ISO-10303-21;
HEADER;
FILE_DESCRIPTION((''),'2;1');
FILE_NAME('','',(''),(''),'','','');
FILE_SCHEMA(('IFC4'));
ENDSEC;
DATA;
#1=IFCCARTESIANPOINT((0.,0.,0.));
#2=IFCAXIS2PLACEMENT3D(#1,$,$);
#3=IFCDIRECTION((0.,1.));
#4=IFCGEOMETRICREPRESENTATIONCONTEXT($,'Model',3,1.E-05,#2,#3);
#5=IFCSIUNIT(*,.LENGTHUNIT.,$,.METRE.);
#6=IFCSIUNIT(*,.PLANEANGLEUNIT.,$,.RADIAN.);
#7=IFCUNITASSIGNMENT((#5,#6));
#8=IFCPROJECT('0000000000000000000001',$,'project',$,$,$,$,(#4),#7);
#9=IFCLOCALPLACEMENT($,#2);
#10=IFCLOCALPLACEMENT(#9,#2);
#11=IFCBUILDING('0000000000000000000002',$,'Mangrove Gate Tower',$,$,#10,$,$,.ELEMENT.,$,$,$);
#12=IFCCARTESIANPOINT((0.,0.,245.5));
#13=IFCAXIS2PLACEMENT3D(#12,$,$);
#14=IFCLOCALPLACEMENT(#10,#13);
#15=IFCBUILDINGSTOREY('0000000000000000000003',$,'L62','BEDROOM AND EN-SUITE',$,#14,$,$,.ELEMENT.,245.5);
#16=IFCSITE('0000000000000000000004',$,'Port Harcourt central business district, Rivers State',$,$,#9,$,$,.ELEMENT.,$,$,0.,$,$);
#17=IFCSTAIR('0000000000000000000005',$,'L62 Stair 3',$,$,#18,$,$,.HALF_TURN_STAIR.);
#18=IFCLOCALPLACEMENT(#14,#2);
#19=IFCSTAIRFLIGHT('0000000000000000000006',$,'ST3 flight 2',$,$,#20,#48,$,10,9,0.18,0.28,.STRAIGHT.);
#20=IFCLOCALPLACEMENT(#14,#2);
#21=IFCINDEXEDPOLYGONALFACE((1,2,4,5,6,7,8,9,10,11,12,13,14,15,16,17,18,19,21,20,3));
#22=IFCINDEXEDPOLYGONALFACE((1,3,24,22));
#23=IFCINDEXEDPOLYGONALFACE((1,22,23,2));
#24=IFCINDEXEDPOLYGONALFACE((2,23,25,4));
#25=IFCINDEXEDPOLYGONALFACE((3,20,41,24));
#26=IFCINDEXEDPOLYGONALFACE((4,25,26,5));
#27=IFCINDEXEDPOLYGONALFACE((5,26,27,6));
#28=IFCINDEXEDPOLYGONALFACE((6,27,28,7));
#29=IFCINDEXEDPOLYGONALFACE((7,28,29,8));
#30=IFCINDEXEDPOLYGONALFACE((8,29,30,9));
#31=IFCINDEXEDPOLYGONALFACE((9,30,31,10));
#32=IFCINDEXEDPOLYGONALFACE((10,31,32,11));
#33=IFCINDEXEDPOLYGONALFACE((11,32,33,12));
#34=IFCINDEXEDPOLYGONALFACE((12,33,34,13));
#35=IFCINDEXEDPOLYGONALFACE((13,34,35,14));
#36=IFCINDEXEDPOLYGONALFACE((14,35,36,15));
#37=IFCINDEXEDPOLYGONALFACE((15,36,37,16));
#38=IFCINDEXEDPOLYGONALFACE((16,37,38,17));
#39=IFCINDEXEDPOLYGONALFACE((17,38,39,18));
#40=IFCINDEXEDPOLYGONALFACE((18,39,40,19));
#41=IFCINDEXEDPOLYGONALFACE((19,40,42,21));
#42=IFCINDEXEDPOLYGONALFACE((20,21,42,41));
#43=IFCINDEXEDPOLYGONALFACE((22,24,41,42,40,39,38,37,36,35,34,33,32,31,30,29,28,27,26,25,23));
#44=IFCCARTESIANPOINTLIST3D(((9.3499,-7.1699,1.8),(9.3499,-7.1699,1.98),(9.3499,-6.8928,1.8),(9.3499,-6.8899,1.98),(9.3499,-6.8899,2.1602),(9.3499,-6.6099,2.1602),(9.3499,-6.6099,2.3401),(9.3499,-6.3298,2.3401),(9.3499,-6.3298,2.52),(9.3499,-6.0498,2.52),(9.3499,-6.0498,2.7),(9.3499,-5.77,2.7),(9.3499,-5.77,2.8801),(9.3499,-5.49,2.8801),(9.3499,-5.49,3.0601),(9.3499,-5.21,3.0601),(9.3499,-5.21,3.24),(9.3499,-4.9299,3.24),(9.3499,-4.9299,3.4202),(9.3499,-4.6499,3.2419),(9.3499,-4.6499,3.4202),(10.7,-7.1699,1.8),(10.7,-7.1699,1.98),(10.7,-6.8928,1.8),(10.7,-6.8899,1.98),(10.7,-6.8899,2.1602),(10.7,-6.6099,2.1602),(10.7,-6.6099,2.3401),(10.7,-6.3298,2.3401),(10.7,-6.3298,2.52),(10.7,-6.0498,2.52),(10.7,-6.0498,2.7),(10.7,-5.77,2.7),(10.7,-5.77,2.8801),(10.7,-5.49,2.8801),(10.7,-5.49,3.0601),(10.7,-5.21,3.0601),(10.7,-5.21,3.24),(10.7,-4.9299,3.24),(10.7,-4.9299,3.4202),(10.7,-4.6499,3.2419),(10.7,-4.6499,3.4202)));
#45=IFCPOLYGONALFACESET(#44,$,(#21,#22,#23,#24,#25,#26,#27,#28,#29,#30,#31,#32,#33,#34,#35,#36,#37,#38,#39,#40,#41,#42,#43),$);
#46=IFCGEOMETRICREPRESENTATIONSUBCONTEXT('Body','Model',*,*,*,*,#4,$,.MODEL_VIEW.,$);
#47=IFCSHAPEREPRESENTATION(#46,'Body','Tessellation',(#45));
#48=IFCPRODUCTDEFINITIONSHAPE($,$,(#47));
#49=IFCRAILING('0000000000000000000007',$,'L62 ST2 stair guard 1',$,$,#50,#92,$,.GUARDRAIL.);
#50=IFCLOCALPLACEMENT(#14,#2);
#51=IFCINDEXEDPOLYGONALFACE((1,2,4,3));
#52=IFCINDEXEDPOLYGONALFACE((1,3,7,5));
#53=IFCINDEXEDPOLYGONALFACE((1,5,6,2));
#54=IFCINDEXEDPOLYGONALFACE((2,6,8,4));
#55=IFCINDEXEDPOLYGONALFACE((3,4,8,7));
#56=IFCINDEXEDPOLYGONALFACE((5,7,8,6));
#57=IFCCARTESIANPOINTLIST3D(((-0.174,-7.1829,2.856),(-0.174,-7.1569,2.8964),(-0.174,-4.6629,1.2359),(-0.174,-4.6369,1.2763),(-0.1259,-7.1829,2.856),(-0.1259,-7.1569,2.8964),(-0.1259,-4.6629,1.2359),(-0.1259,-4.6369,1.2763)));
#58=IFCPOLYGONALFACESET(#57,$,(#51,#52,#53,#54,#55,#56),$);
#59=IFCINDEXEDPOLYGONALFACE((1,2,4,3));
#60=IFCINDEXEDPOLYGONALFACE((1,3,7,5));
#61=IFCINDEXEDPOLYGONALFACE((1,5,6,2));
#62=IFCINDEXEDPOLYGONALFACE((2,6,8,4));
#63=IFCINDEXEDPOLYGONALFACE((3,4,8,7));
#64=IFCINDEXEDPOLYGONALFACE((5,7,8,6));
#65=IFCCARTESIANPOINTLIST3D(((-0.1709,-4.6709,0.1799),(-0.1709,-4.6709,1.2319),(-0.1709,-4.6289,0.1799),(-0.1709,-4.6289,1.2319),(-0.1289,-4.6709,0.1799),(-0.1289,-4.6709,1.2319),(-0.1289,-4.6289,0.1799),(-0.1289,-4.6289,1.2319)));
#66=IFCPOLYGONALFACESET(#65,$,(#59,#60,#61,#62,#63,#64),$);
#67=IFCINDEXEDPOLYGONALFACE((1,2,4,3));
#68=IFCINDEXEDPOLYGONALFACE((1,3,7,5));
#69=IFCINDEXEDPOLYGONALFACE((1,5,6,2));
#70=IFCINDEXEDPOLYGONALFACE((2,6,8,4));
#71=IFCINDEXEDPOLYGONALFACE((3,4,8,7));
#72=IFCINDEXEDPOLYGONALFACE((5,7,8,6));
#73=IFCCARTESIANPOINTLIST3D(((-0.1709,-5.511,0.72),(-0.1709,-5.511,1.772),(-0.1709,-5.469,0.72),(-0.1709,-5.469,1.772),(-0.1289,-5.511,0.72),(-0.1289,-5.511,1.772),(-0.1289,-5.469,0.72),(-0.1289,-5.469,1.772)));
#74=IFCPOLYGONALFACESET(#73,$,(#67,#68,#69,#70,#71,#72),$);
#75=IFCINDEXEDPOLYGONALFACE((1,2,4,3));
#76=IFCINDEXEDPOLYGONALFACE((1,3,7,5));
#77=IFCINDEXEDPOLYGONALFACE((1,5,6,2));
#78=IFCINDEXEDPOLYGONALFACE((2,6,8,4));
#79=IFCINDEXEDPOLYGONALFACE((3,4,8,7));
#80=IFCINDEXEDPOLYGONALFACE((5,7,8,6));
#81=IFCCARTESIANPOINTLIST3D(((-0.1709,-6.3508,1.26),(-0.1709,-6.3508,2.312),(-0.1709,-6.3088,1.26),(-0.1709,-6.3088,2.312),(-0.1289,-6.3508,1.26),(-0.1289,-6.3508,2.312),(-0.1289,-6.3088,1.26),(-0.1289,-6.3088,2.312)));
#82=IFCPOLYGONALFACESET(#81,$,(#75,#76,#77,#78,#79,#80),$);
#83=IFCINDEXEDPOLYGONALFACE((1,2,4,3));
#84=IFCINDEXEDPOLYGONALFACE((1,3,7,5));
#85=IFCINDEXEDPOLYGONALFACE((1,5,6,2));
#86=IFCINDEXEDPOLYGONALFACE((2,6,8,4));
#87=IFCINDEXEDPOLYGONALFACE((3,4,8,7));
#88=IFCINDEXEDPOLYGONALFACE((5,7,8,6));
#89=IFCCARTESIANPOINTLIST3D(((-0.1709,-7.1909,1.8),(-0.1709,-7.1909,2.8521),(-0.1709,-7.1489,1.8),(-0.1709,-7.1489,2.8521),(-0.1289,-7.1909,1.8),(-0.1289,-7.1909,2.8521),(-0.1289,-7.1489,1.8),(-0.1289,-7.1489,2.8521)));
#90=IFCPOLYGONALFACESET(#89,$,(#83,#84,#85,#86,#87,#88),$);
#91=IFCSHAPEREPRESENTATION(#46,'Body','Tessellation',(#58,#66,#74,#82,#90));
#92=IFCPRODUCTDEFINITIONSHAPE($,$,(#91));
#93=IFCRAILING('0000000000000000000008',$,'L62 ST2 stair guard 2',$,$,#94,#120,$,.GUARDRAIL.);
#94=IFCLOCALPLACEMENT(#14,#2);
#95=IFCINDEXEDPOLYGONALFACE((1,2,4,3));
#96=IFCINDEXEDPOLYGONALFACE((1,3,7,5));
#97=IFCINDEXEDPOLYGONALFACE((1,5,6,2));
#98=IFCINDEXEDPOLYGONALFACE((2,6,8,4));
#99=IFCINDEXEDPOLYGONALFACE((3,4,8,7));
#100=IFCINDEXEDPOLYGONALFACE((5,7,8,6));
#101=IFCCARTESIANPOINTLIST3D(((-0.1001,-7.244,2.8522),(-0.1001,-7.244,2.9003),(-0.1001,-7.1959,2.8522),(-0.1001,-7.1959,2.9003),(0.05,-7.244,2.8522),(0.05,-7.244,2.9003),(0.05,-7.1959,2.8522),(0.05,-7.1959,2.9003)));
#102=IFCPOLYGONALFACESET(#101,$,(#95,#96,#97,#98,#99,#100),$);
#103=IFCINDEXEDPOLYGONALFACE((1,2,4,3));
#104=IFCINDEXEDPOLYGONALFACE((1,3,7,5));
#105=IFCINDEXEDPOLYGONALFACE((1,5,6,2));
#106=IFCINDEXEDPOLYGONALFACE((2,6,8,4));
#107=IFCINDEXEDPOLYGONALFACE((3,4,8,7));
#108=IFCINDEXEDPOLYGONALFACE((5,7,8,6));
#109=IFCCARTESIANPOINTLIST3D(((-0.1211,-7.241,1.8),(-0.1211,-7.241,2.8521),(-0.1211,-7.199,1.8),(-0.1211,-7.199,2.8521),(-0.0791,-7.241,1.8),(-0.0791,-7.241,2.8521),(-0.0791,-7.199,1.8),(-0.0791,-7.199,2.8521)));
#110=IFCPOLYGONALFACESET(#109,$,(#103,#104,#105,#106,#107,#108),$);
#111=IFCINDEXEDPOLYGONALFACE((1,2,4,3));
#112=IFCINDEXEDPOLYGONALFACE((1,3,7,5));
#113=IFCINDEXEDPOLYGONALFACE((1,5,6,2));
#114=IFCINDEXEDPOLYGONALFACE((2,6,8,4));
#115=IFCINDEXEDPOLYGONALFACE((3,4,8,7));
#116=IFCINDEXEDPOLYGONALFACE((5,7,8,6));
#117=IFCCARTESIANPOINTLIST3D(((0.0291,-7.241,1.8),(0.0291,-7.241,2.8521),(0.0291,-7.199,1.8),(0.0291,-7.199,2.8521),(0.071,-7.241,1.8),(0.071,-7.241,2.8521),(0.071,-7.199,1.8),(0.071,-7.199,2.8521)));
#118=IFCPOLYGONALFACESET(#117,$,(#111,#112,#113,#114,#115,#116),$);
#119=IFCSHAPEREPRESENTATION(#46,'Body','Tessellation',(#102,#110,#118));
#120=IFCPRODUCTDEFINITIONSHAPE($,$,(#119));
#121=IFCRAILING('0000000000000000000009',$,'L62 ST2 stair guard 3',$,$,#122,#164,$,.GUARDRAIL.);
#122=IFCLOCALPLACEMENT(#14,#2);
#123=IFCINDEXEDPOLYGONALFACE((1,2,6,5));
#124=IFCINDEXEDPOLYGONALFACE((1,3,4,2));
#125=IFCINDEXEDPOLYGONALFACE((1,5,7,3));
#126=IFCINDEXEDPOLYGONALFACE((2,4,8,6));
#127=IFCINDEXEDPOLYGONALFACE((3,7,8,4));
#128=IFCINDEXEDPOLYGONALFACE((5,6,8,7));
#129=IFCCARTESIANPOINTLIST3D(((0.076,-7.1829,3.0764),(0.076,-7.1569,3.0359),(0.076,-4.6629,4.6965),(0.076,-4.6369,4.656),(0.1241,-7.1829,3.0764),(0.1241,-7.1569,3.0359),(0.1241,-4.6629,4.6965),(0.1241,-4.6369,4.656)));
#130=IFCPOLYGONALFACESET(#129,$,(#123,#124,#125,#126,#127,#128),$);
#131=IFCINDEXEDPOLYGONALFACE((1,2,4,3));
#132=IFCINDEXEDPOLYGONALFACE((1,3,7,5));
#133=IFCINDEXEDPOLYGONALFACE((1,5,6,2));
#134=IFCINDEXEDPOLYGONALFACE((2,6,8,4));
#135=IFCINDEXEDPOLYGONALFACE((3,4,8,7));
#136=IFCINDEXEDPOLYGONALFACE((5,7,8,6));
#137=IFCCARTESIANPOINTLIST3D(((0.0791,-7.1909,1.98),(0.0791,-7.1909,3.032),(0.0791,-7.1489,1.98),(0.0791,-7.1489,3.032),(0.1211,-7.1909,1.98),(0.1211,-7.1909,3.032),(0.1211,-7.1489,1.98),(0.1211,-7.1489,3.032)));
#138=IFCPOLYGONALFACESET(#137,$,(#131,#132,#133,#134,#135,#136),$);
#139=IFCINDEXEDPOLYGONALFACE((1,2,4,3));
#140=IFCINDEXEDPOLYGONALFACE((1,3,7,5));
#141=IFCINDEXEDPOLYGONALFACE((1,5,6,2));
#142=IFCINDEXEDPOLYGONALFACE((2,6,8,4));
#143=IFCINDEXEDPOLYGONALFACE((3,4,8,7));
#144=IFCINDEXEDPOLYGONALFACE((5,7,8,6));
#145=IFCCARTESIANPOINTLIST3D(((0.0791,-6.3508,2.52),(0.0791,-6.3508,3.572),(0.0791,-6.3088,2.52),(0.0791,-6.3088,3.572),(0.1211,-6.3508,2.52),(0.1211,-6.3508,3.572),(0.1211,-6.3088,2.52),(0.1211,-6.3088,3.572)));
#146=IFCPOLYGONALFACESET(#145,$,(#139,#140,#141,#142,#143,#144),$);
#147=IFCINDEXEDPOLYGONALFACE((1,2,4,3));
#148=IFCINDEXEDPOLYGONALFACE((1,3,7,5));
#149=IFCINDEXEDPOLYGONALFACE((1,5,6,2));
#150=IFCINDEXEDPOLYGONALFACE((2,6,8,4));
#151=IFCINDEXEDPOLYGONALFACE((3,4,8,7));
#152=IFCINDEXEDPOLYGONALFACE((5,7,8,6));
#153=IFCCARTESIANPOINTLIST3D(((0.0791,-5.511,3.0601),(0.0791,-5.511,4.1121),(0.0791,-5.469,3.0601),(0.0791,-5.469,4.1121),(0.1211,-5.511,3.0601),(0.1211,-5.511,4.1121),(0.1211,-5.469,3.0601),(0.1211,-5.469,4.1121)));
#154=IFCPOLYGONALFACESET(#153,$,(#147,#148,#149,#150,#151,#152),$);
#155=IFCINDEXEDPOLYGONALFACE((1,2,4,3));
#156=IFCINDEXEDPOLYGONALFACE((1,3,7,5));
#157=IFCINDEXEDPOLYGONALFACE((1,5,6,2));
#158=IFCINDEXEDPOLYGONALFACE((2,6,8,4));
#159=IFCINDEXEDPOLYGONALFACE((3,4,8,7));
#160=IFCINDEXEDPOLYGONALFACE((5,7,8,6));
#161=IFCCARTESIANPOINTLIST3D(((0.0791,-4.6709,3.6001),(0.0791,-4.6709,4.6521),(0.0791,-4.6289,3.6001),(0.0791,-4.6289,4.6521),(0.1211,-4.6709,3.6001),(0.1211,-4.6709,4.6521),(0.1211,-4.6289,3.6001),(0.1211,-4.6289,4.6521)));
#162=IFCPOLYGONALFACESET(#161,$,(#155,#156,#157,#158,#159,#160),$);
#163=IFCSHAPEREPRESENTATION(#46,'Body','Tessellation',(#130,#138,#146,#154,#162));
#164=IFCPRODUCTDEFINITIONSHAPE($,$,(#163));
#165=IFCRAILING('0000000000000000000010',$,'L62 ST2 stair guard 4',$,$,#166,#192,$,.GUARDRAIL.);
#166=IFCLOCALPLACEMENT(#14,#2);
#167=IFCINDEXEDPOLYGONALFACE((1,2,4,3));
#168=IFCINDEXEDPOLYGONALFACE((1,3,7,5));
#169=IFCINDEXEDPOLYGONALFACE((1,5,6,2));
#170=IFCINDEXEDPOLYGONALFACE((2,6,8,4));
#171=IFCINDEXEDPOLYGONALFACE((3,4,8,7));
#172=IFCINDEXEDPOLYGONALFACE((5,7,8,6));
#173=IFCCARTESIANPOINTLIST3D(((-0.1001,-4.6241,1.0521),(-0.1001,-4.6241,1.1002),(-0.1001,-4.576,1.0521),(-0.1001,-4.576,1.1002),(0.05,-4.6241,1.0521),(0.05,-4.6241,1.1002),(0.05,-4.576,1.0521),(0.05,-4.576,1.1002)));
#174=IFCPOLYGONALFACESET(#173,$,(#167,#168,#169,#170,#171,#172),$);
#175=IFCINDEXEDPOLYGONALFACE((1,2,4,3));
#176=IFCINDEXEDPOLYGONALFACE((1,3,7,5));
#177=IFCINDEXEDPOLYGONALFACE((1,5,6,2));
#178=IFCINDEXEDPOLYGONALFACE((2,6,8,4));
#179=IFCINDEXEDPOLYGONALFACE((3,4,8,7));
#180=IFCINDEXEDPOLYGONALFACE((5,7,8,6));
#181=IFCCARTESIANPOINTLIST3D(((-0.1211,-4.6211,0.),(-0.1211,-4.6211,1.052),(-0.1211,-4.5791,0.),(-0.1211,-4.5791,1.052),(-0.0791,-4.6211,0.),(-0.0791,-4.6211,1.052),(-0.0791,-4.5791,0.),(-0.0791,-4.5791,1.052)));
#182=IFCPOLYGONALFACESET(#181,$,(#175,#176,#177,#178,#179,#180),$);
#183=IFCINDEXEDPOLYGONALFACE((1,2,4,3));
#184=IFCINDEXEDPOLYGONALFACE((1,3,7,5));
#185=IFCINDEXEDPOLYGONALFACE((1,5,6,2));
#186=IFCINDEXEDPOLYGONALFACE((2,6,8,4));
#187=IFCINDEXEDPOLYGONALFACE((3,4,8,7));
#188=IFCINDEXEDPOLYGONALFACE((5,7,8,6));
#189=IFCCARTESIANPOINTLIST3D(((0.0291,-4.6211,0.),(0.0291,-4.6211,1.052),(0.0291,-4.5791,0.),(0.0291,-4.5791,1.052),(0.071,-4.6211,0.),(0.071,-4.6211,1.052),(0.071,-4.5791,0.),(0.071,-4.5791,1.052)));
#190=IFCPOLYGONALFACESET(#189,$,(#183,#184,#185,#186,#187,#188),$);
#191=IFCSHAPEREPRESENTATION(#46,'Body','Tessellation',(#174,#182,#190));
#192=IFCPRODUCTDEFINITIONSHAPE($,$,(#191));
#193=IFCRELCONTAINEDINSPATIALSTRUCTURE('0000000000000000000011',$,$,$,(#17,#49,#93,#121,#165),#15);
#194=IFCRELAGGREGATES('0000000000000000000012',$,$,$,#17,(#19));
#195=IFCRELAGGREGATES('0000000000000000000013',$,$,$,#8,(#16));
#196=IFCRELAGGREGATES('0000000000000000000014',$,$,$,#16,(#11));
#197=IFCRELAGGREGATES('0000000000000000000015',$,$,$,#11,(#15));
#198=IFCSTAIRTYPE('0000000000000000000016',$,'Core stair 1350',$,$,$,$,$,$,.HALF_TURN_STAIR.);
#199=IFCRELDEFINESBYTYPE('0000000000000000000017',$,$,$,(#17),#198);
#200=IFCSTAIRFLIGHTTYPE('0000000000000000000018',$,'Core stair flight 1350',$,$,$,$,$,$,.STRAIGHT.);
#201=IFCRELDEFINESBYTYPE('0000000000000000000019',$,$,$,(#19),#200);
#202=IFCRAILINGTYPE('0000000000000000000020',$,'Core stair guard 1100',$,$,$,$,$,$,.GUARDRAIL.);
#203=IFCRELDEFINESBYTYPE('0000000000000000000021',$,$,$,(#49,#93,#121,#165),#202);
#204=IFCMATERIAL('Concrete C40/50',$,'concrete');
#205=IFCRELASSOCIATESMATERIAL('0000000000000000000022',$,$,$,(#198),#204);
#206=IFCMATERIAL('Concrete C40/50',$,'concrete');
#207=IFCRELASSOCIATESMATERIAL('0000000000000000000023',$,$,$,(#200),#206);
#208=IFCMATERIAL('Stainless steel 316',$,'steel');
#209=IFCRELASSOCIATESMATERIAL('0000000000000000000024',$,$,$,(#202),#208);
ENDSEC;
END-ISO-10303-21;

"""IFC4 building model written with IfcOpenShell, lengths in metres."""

from ifc_helpers import new_model, si_unit, direction, frame, origin, origin_2d, place, context, subcontext, project, spatial, polyline, rectangle, outline, extrude, material, type_object, element, aggregate, save


model = new_model("IFC4")

# Units and contexts
model_context = context("Model", 3, precision=1e-05, world=origin(), true_north=direction((0.0, 1.0)))
body_context = subcontext(model_context, "Body", "Model", "MODEL_VIEW")
ifc_project = project(units=[si_unit("LENGTHUNIT", "METRE"), si_unit("PLANEANGLEUNIT", "RADIAN")], contexts=[model_context])

# Site, building, storey
site_placement = place(None, origin())
site = spatial("IfcSite", under=ifc_project, at=site_placement, Name="Port Harcourt central business district, Rivers State", CompositionType="ELEMENT", RefElevation=0.0)
building_placement = place(site_placement, origin())
building = spatial("IfcBuilding", under=site, at=building_placement, Name="Mangrove Gate Tower", CompositionType="ELEMENT")
storey_placement = place(building_placement, frame((0.0, 0.0, 245.5)))
storey = spatial("IfcBuildingStorey", under=building, at=storey_placement, Name="L62", Description="BEDROOM AND EN-SUITE", CompositionType="ELEMENT", Elevation=245.5)

# Stair, stair flight
ifc_material_1 = material(Name="Concrete C40/50", Category="concrete")
stair_type = type_object("IfcStairType", Name="Core stair 1350", PredefinedType="HALF_TURN_STAIR", material=ifc_material_1)
ifc_material_2 = material(Name="Concrete C40/50", Category="concrete")
stair_flight_type = type_object("IfcStairFlightType", Name="Core stair flight 1350", PredefinedType="STRAIGHT", material=ifc_material_2)
stair_1_placement = place(storey_placement, origin())
stair_1 = element("IfcStair", 1, at=stair_1_placement, inside=storey, type_object=stair_type, Name="L62 Stair 3", PredefinedType="HALF_TURN_STAIR")
stair_flight_1_placement = place(storey_placement, frame((10.0249, -7.1699, 1.8), z_axis=(0.0, 0.0, 1.0), x_axis=(0.0, 1.0, 0.0)))
stair_flight_1 = element("IfcStairFlight", 2, at=stair_flight_1_placement, type_object=stair_flight_type, Name="ST3 flight 2", NumberOfRisers=10, NumberOfTreads=9, PredefinedType="STRAIGHT", RiserHeight=0.18, TreadLength=0.28, context=body_context, shape_type="SweptSolid", body=[
    extrude(outline(polyline([(0.0, 0.0), (0.0, 0.1799), (0.28, 0.1799), (0.28, 0.3601), (0.5601, 0.3601), (0.5601, 0.54), (0.8401, 0.54), (0.8401, 0.72), (1.1201, 0.72), (1.1201, 0.8999), (1.3999, 0.8999), (1.3999, 1.0801), (1.6799, 1.0801), (1.6799, 1.26), (1.96, 1.26), (1.96, 1.4399), (2.24, 1.4399), (2.24, 1.6201), (2.52, 1.6201), (2.52, 1.8), (2.52, 1.4419), (0.2771, 0.0), (0.0, 0.0)])), frame((0.0, 0.675, 0.0), z_axis=(0.0, -1.0, 0.0), x_axis=(1.0, 0.0, 0.0)), (0.0, 0.0, 1.0), 1.3501),
])
aggregate(stair_1, [stair_flight_1])

# Railings
ifc_material_3 = material(Name="Stainless steel 316", Category="steel")
railing_type_1 = type_object("IfcRailingType", Name="Core stair guard 1100", PredefinedType="GUARDRAIL", material=ifc_material_3)
railing_1_placement = place(storey_placement, frame((-0.1499, -4.6499, 0.1799)))
element("IfcRailing", 3, at=railing_1_placement, inside=storey, type_object=railing_type_1, Name="L62 ST2 stair guard 1", PredefinedType="GUARDRAIL", context=body_context, shape_type="SweptSolid", body=[
    extrude(rectangle(XDim=0.0481, YDim=0.0481, at=origin_2d()), frame((0.0, 0.0, 1.0762), z_axis=(0.0, -0.841163, 0.540782), x_axis=(1.0, 0.0, 0.0)), (0.0, 0.0, 1.0), 2.9958),
    extrude(rectangle(XDim=0.042, YDim=0.042, at=origin_2d()), origin(), (0.0, 0.0, 1.0), 1.052),
    extrude(rectangle(XDim=0.042, YDim=0.042, at=origin_2d()), frame((0.0, -0.8401, 0.54)), (0.0, 0.0, 1.0), 1.052),
    extrude(rectangle(XDim=0.042, YDim=0.042, at=origin_2d()), frame((0.0, -1.6799, 1.0801)), (0.0, 0.0, 1.0), 1.052),
    extrude(rectangle(XDim=0.042, YDim=0.042, at=origin_2d()), frame((0.0, -2.52, 1.6201)), (0.0, 0.0, 1.0), 1.052),
])
railing_2_placement = place(storey_placement, frame((-0.1001, -7.22, 1.8)))
element("IfcRailing", 4, at=railing_2_placement, inside=storey, type_object=railing_type_1, Name="L62 ST2 stair guard 2", PredefinedType="GUARDRAIL", context=body_context, shape_type="SweptSolid", body=[
    extrude(rectangle(XDim=0.0481, YDim=0.0481, at=origin_2d()), frame((0.0, 0.0, 1.0762), z_axis=(1.0, 0.0, 0.0), x_axis=(0.0, 1.0, 0.0)), (0.0, 0.0, 1.0), 0.1501),
    extrude(rectangle(XDim=0.042, YDim=0.042, at=origin_2d()), origin(), (0.0, 0.0, 1.0), 1.052),
    extrude(rectangle(XDim=0.042, YDim=0.042, at=origin_2d()), frame((0.1501, 0.0, 0.0)), (0.0, 0.0, 1.0), 1.052),
])
railing_3_placement = place(storey_placement, frame((0.1001, -7.1699, 1.98)))
element("IfcRailing", 5, at=railing_3_placement, inside=storey, type_object=railing_type_1, Name="L62 ST2 stair guard 3", PredefinedType="GUARDRAIL", context=body_context, shape_type="SweptSolid", body=[
    extrude(rectangle(XDim=0.0481, YDim=0.0481, at=origin_2d()), frame((0.0, 0.0, 1.0762), z_axis=(0.0, 0.841163, 0.540782), x_axis=(-1.0, 0.0, 0.0)), (0.0, 0.0, 1.0), 2.9958),
    extrude(rectangle(XDim=0.042, YDim=0.042, at=origin_2d()), origin(), (0.0, 0.0, 1.0), 1.052),
    extrude(rectangle(XDim=0.042, YDim=0.042, at=origin_2d()), frame((0.0, 0.8401, 0.54)), (0.0, 0.0, 1.0), 1.052),
    extrude(rectangle(XDim=0.042, YDim=0.042, at=origin_2d()), frame((0.0, 1.6799, 1.0801)), (0.0, 0.0, 1.0), 1.052),
    extrude(rectangle(XDim=0.042, YDim=0.042, at=origin_2d()), frame((0.0, 2.52, 1.6201)), (0.0, 0.0, 1.0), 1.052),
])
railing_4_placement = place(storey_placement, frame((-0.1001, -4.6001, 0.0)))
element("IfcRailing", 6, at=railing_4_placement, inside=storey, type_object=railing_type_1, Name="L62 ST2 stair guard 4", PredefinedType="GUARDRAIL", context=body_context, shape_type="SweptSolid", body=[
    extrude(rectangle(XDim=0.0481, YDim=0.0481, at=origin_2d()), frame((0.0, 0.0, 1.0762), z_axis=(1.0, 0.0, 0.0), x_axis=(0.0, 1.0, 0.0)), (0.0, 0.0, 1.0), 0.1501),
    extrude(rectangle(XDim=0.042, YDim=0.042, at=origin_2d()), origin(), (0.0, 0.0, 1.0), 1.052),
    extrude(rectangle(XDim=0.042, YDim=0.042, at=origin_2d()), frame((0.1501, 0.0, 0.0)), (0.0, 0.0, 1.0), 1.052),
])

save(model, "model.ifc")
